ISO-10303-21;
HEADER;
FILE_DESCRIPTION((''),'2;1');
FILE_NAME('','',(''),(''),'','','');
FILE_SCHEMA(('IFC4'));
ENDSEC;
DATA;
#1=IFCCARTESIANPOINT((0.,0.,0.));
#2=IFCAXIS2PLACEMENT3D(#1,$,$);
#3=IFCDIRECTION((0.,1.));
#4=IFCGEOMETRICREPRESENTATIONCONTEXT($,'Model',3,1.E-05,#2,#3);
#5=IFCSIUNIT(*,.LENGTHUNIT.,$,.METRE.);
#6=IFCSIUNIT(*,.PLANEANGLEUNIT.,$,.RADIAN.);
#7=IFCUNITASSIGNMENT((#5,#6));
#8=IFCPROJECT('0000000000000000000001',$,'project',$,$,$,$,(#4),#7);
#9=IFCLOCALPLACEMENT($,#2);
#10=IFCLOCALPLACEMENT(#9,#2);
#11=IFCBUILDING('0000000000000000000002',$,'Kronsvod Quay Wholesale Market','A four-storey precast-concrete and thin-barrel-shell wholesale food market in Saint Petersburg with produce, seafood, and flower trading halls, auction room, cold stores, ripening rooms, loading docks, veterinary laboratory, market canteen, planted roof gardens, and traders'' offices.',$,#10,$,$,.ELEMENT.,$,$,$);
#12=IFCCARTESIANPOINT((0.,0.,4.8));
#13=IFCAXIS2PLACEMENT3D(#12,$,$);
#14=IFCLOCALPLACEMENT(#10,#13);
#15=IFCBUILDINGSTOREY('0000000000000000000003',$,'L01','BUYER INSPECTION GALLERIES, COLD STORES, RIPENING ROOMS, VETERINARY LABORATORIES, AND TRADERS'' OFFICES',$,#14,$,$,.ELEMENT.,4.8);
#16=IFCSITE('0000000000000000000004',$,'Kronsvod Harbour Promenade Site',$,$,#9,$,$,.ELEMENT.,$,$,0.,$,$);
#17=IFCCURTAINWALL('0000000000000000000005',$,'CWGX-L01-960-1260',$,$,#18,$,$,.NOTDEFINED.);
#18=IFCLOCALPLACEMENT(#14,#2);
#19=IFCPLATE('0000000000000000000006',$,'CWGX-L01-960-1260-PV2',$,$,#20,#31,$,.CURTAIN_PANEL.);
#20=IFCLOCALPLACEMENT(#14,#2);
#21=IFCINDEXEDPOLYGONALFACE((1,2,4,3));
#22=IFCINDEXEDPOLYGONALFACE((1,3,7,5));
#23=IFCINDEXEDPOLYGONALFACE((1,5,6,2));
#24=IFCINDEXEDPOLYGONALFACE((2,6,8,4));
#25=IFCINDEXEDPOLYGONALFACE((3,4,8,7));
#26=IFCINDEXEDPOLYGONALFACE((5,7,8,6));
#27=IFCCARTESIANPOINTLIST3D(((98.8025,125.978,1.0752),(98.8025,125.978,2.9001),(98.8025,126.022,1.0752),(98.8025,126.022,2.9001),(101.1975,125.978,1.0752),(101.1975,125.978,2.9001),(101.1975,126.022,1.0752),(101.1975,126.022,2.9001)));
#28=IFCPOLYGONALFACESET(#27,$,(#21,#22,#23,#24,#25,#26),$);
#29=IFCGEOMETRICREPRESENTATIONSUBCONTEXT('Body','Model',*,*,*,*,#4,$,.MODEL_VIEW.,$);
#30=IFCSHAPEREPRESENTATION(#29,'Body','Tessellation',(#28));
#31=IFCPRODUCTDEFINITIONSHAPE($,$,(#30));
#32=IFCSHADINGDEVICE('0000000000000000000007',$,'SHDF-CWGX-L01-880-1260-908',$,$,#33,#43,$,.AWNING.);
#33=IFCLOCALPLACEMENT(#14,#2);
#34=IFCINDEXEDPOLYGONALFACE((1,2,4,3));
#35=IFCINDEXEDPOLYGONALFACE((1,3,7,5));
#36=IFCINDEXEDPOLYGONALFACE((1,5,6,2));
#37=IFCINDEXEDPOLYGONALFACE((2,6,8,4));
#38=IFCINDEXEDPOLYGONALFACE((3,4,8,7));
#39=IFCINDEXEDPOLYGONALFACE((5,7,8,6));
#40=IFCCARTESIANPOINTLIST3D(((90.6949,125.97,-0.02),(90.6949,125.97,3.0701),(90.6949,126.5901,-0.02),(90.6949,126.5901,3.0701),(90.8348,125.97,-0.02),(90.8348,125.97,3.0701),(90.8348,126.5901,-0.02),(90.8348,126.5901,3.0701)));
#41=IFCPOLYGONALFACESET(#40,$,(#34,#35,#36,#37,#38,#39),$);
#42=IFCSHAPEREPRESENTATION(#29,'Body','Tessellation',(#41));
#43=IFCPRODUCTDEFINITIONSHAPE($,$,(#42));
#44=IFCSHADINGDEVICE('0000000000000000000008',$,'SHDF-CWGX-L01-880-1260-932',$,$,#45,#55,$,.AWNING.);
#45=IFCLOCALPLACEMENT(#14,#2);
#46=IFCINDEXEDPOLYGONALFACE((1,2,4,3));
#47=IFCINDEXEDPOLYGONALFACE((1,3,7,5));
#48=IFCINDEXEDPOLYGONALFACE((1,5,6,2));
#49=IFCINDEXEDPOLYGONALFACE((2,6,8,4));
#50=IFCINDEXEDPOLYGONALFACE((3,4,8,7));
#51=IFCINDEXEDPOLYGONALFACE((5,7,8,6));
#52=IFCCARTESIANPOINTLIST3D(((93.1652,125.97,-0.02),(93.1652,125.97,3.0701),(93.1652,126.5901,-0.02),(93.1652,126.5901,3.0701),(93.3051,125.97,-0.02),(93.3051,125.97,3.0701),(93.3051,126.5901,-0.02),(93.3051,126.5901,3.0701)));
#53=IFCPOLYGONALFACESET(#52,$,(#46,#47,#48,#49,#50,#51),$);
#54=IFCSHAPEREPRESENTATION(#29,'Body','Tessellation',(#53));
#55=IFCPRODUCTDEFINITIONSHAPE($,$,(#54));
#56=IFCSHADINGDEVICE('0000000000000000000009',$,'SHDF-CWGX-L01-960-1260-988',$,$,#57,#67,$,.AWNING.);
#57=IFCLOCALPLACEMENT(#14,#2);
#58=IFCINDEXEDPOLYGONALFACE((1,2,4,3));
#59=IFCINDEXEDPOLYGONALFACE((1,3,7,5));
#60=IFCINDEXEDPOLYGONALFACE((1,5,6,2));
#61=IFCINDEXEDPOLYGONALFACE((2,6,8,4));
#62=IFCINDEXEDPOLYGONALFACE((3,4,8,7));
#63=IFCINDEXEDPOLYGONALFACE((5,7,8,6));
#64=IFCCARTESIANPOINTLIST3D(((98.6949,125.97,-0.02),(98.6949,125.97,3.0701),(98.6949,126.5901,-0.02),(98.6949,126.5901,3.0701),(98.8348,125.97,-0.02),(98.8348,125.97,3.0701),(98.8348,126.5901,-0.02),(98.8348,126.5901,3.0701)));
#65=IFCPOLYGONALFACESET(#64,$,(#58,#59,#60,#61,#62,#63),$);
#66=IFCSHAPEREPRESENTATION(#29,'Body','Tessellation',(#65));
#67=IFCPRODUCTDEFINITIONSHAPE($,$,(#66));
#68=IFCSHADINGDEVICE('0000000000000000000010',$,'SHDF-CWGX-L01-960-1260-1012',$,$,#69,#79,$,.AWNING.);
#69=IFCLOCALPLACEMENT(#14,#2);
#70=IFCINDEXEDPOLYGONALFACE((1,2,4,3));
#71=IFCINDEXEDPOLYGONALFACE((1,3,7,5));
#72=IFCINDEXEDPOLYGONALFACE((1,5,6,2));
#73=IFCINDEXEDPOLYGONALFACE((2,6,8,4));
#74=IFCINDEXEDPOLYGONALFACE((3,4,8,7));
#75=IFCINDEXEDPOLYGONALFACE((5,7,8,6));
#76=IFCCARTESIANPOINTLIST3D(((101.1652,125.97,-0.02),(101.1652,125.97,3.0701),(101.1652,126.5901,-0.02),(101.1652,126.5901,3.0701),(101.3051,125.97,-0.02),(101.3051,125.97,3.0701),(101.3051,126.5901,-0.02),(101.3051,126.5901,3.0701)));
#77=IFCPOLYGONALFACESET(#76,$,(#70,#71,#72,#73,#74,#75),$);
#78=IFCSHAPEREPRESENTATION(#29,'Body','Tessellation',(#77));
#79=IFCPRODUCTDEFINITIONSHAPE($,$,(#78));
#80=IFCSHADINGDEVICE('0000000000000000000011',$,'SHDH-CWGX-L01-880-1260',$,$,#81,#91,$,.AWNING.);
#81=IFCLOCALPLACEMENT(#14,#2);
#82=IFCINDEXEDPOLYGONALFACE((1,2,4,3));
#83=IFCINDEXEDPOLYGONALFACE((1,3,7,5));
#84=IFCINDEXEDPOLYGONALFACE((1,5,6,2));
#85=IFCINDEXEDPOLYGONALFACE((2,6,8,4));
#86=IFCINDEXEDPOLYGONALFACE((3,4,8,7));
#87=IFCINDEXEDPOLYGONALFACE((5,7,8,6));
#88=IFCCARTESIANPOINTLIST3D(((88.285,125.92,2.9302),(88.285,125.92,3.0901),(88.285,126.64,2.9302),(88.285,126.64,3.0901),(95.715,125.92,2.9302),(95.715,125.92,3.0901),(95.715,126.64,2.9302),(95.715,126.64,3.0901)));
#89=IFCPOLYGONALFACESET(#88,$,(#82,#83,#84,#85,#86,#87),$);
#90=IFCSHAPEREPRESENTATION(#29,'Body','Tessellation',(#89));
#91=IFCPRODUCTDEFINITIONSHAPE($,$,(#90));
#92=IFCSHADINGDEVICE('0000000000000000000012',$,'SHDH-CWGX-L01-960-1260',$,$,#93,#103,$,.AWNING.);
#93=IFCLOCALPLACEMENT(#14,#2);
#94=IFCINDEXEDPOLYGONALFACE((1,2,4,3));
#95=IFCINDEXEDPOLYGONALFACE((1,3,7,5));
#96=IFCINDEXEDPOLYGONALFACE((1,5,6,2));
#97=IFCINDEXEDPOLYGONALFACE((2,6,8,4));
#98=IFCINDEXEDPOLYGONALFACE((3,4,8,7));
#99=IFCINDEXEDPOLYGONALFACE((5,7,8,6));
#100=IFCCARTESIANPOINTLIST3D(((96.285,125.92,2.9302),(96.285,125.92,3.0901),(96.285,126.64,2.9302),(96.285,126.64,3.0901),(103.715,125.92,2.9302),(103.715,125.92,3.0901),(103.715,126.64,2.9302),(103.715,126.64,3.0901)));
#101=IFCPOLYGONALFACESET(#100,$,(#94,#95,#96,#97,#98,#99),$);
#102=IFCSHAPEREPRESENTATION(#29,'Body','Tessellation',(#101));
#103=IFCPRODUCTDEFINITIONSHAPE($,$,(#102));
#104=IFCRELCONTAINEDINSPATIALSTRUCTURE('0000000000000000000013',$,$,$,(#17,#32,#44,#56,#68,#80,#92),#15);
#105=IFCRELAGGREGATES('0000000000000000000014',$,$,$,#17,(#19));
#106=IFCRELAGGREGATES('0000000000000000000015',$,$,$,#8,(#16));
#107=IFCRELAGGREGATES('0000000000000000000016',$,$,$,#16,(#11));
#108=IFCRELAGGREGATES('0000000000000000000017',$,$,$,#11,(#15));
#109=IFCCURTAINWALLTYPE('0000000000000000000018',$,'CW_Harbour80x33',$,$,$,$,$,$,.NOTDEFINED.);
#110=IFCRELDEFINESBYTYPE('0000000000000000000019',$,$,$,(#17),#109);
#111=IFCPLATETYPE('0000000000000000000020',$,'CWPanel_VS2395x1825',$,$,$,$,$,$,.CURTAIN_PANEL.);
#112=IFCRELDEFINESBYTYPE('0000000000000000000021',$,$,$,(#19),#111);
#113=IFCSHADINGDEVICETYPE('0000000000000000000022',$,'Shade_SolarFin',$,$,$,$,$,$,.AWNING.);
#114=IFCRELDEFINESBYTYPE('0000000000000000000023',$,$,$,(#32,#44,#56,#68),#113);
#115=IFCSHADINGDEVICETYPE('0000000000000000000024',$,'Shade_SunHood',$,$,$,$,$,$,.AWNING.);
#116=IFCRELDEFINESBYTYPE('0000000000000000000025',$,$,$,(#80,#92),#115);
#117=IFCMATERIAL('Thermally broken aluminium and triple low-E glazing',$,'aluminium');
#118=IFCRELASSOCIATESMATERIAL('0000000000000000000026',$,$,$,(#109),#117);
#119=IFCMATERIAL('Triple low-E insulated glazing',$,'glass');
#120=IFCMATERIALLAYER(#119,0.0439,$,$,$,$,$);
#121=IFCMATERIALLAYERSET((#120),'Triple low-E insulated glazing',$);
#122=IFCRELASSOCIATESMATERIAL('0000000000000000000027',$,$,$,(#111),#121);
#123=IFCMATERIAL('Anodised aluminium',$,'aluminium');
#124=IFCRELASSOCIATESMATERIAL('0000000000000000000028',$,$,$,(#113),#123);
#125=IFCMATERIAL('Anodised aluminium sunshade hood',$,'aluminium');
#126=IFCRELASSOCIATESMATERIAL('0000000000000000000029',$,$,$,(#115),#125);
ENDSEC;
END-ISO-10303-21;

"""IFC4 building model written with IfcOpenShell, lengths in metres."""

from ifc_helpers import new_model, si_unit, direction, frame, origin, origin_2d, place, context, subcontext, project, spatial, rectangle, extrude, material, layer, layer_set, type_object, element, aggregate, save


model = new_model("IFC4")

# Units and contexts
model_context = context("Model", 3, precision=1e-05, world=origin(), true_north=direction((0.0, 1.0)))
body_context = subcontext(model_context, "Body", "Model", "MODEL_VIEW")
ifc_project = project(units=[si_unit("LENGTHUNIT", "METRE"), si_unit("PLANEANGLEUNIT", "RADIAN")], contexts=[model_context])

# Site, building, storey
site_placement = place(None, origin())
site = spatial("IfcSite", under=ifc_project, at=site_placement, Name="Kronsvod Harbour Promenade Site", CompositionType="ELEMENT", RefElevation=0.0)
building_placement = place(site_placement, origin())
building = spatial("IfcBuilding", under=site, at=building_placement, Name="Kronsvod Quay Wholesale Market", Description="A four-storey precast-concrete and thin-barrel-shell wholesale food market in Saint Petersburg with produce, seafood, and flower trading halls, auction room, cold stores, ripening rooms, loading docks, veterinary laboratory, market canteen, planted roof gardens, and traders' offices.", CompositionType="ELEMENT")
storey_placement = place(building_placement, frame((0.0, 0.0, 4.8)))
storey = spatial("IfcBuildingStorey", under=building, at=storey_placement, Name="L01", Description="BUYER INSPECTION GALLERIES, COLD STORES, RIPENING ROOMS, VETERINARY LABORATORIES, AND TRADERS' OFFICES", CompositionType="ELEMENT", Elevation=4.8)

# Curtain wall
ifc_material_1 = material(Name="Thermally broken aluminium and triple low-E glazing", Category="aluminium")
curtain_wall_type = type_object("IfcCurtainWallType", Name="CW_Harbour80x33", PredefinedType="NOTDEFINED", material=ifc_material_1)
curtain_wall_1_placement = place(storey_placement, origin())
curtain_wall_1 = element("IfcCurtainWall", 1, at=curtain_wall_1_placement, inside=storey, type_object=curtain_wall_type, Name="CWGX-L01-960-1260", PredefinedType="NOTDEFINED")

# Plate
ifc_material_2 = material(Name="Triple low-E insulated glazing", Category="glass")
ifc_layer_1 = layer(ifc_material_2, 0.0439)
ifc_layer_set_1 = layer_set([ifc_layer_1], Name="Triple low-E insulated glazing")
plate_type_1 = type_object("IfcPlateType", Name="CWPanel_VS2395x1825", PredefinedType="CURTAIN_PANEL", material=ifc_layer_set_1)
plate_1_placement = place(storey_placement, frame((100.0, 126.0, 1.0752), z_axis=(0.0, 0.0, 1.0), x_axis=(-1.0, 0.0, 0.0)))
plate_1 = element("IfcPlate", 2, at=plate_1_placement, type_object=plate_type_1, Name="CWGX-L01-960-1260-PV2", PredefinedType="CURTAIN_PANEL", context=body_context, shape_type="SweptSolid", body=[
    extrude(rectangle(XDim=2.395, YDim=0.0439, at=origin_2d()), origin(), (0.0, 0.0, 1.0), 1.825),
])
aggregate(curtain_wall_1, [plate_1])

# Shading devices
ifc_material_3 = material(Name="Anodised aluminium", Category="aluminium")
shading_device_type_1 = type_object("IfcShadingDeviceType", Name="Shade_SolarFin", PredefinedType="AWNING", material=ifc_material_3)
for number, where, z_axis, x_axis, name in (
    (3, (90.7649, 126.28, -0.02), (0.0, 0.0, 1.0), (1.0, 0.0, 0.0), "SHDF-CWGX-L01-880-1260-908"),
    (4, (93.2351, 126.28, -0.02), (0.0, 0.0, 1.0), (1.0, 0.0, 0.0), "SHDF-CWGX-L01-880-1260-932"),
    (5, (98.7649, 126.28, -0.02), (0.0, 0.0, 1.0), (1.0, 0.0, 0.0), "SHDF-CWGX-L01-960-1260-988"),
    (6, (101.2351, 126.28, -0.02), (0.0, 0.0, 1.0), (1.0, 0.0, 0.0), "SHDF-CWGX-L01-960-1260-1012"),
):
    element("IfcShadingDevice", number, at=place(storey_placement, frame(where, z_axis=z_axis, x_axis=x_axis)), inside=storey, type_object=shading_device_type_1, Name=name, PredefinedType="AWNING", context=body_context, shape_type="SweptSolid", body=[
        extrude(rectangle(XDim=0.1399, YDim=0.6201, at=origin_2d()), origin(), (0.0, 0.0, 1.0), 3.0901),
    ])
ifc_material_4 = material(Name="Anodised aluminium sunshade hood", Category="aluminium")
shading_device_type_2 = type_object("IfcShadingDeviceType", Name="Shade_SunHood", PredefinedType="AWNING", material=ifc_material_4)
for number, where, z_axis, x_axis, name in (
    (7, (92.0, 126.28, 2.9302), (0.0, 0.0, 1.0), (1.0, 0.0, 0.0), "SHDH-CWGX-L01-880-1260"),
    (8, (100.0, 126.28, 2.9302), (0.0, 0.0, 1.0), (1.0, 0.0, 0.0), "SHDH-CWGX-L01-960-1260"),
):
    element("IfcShadingDevice", number, at=place(storey_placement, frame(where, z_axis=z_axis, x_axis=x_axis)), inside=storey, type_object=shading_device_type_2, Name=name, PredefinedType="AWNING", context=body_context, shape_type="SweptSolid", body=[
        extrude(rectangle(XDim=7.4299, YDim=0.72, at=origin_2d()), origin(), (0.0, 0.0, 1.0), 0.1599),
    ])

save(model, "model.ifc")
